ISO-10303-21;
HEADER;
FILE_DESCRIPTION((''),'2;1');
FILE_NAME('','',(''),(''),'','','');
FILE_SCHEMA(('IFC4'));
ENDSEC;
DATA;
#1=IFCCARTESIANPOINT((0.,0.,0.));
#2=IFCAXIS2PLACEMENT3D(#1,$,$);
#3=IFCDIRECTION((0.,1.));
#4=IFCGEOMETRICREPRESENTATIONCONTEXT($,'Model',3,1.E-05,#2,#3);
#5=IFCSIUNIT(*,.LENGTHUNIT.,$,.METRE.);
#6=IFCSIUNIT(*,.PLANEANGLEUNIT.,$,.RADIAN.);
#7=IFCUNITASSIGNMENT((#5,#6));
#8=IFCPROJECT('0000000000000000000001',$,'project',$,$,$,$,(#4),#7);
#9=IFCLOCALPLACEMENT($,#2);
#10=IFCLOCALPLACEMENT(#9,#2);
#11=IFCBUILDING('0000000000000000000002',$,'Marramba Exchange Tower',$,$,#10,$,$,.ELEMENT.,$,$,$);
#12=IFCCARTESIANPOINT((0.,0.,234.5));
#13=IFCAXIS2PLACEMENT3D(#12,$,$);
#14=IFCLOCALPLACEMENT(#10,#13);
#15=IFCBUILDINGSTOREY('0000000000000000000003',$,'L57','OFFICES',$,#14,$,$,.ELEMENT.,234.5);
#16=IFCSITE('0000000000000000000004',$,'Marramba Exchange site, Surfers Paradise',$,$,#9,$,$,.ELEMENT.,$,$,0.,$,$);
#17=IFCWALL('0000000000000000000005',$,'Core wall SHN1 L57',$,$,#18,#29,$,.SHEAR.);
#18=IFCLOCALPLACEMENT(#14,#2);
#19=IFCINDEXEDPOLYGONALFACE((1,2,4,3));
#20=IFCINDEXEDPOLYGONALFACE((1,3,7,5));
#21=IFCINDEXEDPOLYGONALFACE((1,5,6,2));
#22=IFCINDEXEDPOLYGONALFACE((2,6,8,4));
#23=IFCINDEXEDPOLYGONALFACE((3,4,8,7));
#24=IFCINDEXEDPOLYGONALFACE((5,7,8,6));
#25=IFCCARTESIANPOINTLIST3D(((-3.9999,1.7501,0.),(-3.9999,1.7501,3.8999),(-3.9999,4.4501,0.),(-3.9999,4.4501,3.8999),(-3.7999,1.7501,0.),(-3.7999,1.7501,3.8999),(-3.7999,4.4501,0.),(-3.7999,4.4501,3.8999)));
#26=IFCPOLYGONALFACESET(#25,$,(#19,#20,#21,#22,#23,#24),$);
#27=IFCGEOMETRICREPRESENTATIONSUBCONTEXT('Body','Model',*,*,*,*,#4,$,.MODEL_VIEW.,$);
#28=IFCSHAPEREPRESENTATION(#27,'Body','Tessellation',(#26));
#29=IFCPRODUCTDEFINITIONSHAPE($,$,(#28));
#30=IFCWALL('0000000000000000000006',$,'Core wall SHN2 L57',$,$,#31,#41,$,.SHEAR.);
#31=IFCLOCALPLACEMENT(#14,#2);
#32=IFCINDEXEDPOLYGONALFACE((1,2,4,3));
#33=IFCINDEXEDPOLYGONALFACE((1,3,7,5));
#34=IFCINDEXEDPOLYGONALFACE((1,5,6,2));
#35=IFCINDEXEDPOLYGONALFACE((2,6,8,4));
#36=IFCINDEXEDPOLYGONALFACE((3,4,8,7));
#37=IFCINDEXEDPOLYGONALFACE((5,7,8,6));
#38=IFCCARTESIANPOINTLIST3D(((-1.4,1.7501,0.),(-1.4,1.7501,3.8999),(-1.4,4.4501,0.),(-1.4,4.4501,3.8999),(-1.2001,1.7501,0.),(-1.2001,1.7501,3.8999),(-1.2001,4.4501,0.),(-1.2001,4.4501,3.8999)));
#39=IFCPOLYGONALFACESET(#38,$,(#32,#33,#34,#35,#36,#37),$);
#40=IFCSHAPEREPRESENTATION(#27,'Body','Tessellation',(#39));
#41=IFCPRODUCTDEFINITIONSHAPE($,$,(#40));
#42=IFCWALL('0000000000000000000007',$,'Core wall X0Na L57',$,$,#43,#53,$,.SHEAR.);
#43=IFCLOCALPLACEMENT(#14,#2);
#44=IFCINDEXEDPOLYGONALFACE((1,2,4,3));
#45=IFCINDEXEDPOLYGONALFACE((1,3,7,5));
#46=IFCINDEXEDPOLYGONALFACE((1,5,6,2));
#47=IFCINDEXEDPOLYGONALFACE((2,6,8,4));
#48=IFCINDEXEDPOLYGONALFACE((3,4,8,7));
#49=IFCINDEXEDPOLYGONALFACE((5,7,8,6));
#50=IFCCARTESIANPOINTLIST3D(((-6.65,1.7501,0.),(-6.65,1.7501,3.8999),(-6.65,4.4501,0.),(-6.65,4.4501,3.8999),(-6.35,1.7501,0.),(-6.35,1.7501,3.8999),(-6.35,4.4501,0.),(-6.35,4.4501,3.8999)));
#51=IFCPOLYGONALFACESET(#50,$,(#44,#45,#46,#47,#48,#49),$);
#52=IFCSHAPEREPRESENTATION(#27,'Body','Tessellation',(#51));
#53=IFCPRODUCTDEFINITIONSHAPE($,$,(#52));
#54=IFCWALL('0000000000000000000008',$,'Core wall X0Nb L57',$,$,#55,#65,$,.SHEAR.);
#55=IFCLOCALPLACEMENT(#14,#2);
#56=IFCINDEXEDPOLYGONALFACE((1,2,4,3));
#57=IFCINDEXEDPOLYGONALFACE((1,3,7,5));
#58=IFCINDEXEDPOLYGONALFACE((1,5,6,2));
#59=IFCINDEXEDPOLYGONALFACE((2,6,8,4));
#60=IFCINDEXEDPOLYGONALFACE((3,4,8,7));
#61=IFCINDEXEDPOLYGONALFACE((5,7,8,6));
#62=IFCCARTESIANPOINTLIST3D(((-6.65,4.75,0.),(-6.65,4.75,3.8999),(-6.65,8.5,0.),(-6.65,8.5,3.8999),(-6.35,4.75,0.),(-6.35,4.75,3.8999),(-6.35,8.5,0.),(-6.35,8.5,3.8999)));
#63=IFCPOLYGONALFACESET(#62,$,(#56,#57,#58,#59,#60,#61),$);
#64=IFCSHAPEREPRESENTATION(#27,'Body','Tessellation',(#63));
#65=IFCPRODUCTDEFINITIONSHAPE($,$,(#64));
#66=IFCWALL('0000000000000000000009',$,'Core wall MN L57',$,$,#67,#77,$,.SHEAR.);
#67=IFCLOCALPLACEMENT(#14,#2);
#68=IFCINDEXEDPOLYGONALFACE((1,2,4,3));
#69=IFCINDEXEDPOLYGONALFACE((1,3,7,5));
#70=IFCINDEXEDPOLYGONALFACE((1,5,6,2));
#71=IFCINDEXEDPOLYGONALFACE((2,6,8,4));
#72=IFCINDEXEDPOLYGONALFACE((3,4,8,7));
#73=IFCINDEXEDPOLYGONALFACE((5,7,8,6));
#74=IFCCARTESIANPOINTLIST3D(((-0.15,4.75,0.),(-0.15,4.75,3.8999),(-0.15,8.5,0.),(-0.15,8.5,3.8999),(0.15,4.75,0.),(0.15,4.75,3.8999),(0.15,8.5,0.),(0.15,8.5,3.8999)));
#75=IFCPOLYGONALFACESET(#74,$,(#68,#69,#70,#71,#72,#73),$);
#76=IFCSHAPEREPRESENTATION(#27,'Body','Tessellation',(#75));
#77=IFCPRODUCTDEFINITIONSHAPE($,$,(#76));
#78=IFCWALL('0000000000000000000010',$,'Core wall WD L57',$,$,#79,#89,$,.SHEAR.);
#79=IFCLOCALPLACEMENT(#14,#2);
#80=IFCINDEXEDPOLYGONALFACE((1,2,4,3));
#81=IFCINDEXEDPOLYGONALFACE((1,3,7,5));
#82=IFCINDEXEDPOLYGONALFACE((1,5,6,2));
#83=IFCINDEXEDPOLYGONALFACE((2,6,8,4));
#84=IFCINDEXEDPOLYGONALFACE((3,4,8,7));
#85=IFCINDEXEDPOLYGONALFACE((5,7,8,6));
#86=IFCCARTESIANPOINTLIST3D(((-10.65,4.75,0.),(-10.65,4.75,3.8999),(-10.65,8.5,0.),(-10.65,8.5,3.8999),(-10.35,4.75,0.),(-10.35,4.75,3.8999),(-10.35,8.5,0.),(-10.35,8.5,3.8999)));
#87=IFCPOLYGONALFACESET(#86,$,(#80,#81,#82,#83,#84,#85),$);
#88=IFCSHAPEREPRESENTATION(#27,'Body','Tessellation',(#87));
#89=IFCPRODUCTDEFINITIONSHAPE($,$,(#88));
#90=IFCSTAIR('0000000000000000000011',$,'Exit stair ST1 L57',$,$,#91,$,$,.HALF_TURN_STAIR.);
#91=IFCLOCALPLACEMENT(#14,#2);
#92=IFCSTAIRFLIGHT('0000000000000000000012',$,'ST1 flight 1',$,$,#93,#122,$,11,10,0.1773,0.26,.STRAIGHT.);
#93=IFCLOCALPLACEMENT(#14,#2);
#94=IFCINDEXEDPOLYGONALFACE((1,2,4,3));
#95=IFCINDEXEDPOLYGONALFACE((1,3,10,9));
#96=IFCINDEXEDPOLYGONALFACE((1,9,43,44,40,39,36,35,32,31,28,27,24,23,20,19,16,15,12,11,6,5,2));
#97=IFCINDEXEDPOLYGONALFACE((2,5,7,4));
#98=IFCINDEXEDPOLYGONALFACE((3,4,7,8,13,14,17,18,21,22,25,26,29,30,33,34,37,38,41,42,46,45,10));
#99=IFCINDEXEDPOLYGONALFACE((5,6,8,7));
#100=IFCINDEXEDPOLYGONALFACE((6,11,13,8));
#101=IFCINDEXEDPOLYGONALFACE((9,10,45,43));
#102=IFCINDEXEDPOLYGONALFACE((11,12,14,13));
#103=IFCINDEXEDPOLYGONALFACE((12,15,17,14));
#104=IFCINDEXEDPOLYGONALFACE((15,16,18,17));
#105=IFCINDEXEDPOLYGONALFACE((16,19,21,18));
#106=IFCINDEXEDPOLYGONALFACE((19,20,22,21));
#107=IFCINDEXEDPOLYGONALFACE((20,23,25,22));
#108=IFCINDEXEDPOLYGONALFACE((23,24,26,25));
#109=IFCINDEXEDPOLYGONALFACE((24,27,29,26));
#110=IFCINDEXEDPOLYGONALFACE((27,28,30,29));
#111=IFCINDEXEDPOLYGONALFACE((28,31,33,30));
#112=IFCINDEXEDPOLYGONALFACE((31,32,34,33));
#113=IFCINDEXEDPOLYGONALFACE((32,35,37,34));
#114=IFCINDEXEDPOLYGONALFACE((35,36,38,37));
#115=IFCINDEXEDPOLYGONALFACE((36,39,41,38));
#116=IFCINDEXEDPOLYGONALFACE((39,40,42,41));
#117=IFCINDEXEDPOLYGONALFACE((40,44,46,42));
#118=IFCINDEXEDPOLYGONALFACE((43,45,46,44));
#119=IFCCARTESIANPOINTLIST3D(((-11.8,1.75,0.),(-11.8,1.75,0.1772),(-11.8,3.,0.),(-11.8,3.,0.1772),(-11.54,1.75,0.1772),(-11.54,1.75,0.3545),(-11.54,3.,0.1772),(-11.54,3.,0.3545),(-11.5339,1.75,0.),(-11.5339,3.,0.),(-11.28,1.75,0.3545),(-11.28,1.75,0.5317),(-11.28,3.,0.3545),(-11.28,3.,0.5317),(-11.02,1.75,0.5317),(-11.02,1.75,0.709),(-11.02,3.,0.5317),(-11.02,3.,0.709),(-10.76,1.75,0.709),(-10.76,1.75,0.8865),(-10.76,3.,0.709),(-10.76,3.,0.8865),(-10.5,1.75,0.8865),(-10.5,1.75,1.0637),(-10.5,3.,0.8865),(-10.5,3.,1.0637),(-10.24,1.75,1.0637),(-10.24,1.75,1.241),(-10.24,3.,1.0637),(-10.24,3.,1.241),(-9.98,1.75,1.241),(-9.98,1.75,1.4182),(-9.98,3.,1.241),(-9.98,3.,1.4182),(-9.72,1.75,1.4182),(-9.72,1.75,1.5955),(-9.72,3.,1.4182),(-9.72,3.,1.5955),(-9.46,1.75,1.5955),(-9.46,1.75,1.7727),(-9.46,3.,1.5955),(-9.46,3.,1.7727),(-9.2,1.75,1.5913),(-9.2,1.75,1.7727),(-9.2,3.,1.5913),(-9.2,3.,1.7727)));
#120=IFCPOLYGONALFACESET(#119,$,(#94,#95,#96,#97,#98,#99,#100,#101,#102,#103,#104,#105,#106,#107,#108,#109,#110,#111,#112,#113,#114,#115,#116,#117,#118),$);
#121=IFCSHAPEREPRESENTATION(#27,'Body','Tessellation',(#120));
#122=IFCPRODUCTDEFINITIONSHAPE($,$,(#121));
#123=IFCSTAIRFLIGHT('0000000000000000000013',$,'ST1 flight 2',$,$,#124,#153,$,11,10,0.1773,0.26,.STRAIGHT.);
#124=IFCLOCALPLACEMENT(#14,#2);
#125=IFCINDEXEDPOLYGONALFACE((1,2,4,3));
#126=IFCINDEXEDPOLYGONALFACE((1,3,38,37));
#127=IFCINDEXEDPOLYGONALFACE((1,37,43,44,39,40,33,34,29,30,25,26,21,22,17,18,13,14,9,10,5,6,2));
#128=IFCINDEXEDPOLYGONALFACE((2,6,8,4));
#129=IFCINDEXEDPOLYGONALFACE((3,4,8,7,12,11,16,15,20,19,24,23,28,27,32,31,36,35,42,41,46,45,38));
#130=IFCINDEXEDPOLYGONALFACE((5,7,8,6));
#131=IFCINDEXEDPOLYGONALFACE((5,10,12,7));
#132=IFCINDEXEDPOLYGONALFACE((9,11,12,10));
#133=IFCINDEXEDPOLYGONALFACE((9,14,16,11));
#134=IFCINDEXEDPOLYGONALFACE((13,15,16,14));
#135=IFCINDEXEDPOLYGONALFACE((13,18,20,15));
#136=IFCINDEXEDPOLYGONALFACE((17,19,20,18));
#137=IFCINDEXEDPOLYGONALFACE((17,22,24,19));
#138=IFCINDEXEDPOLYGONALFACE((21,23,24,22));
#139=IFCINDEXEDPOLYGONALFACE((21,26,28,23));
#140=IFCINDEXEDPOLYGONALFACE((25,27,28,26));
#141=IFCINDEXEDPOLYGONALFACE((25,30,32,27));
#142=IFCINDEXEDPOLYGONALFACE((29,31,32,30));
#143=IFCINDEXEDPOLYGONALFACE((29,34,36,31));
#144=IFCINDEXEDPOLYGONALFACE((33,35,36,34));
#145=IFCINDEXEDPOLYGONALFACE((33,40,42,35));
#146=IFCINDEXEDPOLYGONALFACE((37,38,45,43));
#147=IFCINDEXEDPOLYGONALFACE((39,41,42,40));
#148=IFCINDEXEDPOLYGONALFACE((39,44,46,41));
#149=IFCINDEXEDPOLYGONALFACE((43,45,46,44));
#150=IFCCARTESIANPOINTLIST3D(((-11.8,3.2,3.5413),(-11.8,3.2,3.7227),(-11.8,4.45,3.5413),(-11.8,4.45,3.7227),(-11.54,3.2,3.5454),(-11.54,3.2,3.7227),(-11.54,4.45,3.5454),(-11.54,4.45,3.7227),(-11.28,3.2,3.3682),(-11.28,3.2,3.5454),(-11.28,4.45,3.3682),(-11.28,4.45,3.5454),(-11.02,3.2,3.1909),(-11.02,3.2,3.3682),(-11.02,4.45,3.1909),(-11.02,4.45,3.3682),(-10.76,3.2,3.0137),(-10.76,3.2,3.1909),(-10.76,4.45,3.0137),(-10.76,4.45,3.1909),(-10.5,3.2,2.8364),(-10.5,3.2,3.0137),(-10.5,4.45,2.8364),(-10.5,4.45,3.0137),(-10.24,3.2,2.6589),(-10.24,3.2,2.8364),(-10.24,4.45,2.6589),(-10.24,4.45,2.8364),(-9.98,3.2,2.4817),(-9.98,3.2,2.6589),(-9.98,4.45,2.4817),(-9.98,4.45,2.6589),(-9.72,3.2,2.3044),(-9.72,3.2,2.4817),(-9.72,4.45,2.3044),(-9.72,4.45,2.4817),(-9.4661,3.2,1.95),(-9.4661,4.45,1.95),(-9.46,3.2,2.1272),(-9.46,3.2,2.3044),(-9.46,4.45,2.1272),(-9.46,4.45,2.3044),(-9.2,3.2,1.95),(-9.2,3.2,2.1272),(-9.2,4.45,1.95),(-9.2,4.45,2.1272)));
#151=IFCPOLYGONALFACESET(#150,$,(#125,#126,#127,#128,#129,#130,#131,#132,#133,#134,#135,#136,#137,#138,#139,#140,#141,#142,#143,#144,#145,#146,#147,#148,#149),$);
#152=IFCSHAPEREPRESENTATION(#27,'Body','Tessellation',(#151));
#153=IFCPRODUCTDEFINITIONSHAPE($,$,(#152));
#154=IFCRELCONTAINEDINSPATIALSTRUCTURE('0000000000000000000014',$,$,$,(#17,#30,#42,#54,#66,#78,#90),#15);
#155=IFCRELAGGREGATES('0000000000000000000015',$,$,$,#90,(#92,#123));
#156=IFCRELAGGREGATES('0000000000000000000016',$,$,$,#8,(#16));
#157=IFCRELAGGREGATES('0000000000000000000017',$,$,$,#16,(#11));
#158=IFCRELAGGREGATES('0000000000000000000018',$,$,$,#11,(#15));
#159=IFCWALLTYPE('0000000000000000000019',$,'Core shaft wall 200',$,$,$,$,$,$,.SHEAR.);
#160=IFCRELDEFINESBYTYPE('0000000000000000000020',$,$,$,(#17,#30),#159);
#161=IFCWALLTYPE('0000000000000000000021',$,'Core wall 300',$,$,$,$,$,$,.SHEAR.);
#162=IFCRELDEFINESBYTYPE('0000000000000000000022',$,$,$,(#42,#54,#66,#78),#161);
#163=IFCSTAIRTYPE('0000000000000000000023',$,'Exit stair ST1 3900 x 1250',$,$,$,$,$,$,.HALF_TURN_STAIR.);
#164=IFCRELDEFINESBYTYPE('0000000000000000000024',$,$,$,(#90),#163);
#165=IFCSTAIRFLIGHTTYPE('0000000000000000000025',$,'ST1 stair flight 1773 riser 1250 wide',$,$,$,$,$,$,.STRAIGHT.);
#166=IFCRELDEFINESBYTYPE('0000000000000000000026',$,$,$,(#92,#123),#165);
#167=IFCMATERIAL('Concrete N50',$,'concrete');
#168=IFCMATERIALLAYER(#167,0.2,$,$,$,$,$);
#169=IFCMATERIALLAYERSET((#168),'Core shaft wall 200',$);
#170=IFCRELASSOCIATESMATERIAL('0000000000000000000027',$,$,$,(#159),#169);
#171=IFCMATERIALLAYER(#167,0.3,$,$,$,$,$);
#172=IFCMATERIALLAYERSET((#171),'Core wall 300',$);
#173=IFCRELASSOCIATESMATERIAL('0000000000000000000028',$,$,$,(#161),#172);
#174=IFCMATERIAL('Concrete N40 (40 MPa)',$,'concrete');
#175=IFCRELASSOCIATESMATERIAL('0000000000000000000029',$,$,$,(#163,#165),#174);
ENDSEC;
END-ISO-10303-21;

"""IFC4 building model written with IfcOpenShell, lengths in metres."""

from ifc_helpers import new_model, si_unit, direction, frame, frame_2d, origin, place, context, subcontext, project, spatial, polyline, rectangle, outline, extrude, material, layer, layer_set, type_object, element, aggregate, save


model = new_model("IFC4")

# Units and contexts
model_context = context("Model", 3, precision=1e-05, world=origin(), true_north=direction((0.0, 1.0)))
body_context = subcontext(model_context, "Body", "Model", "MODEL_VIEW")
ifc_project = project(units=[si_unit("LENGTHUNIT", "METRE"), si_unit("PLANEANGLEUNIT", "RADIAN")], contexts=[model_context])

# Site, building, storey
site_placement = place(None, origin())
site = spatial("IfcSite", under=ifc_project, at=site_placement, Name="Marramba Exchange site, Surfers Paradise", CompositionType="ELEMENT", RefElevation=0.0)
building_placement = place(site_placement, origin())
building = spatial("IfcBuilding", under=site, at=building_placement, Name="Marramba Exchange Tower", CompositionType="ELEMENT")
storey_placement = place(building_placement, frame((0.0, 0.0, 234.5)))
storey = spatial("IfcBuildingStorey", under=building, at=storey_placement, Name="L57", Description="OFFICES", CompositionType="ELEMENT", Elevation=234.5)

# Shared definitions
ifc_material_1 = material(Name="Concrete N50", Category="concrete")

# Walls
ifc_layer_1 = layer(ifc_material_1, 0.2)
ifc_layer_set_1 = layer_set([ifc_layer_1], Name="Core shaft wall 200")
wall_type_1 = type_object("IfcWallType", Name="Core shaft wall 200", PredefinedType="SHEAR", material=ifc_layer_set_1)
for number, where, z_axis, x_axis, name in (
    (1, (-3.8999, 1.75, 0.0), (0.0, 0.0, 1.0), (0.0, 1.0, 0.0), "Core wall SHN1 L57"),
    (2, (-1.3, 1.75, 0.0), (0.0, 0.0, 1.0), (0.0, 1.0, 0.0), "Core wall SHN2 L57"),
):
    element("IfcWall", number, at=place(storey_placement, frame(where, z_axis=z_axis, x_axis=x_axis)), inside=storey, type_object=wall_type_1, Name=name, PredefinedType="SHEAR", context=body_context, shape_type="SweptSolid", body=[
        extrude(rectangle(XDim=2.7, YDim=0.2, at=frame_2d((1.3501, 0.0))), origin(), (0.0, 0.0, 1.0), 3.8999),
    ])
ifc_layer_2 = layer(ifc_material_1, 0.3)
ifc_layer_set_2 = layer_set([ifc_layer_2], Name="Core wall 300")
wall_type_2 = type_object("IfcWallType", Name="Core wall 300", PredefinedType="SHEAR", material=ifc_layer_set_2)
wall_1_placement = place(storey_placement, frame((-6.5, 1.75, 0.0), z_axis=(0.0, 0.0, 1.0), x_axis=(0.0, 1.0, 0.0)))
element("IfcWall", 3, at=wall_1_placement, inside=storey, type_object=wall_type_2, Name="Core wall X0Na L57", PredefinedType="SHEAR", context=body_context, shape_type="SweptSolid", body=[
    extrude(rectangle(XDim=2.7, YDim=0.3, at=frame_2d((1.3501, 0.0))), origin(), (0.0, 0.0, 1.0), 3.8999),
])
for number, where, z_axis, x_axis, name in (
    (4, (-6.5, 4.75, 0.0), (0.0, 0.0, 1.0), (0.0, 1.0, 0.0), "Core wall X0Nb L57"),
    (5, (0.0, 4.75, 0.0), (0.0, 0.0, 1.0), (0.0, 1.0, 0.0), "Core wall MN L57"),
    (6, (-10.5, 4.75, 0.0), (0.0, 0.0, 1.0), (0.0, 1.0, 0.0), "Core wall WD L57"),
):
    element("IfcWall", number, at=place(storey_placement, frame(where, z_axis=z_axis, x_axis=x_axis)), inside=storey, type_object=wall_type_2, Name=name, PredefinedType="SHEAR", context=body_context, shape_type="SweptSolid", body=[
        extrude(rectangle(XDim=3.75, YDim=0.3, at=frame_2d((1.875, 0.0))), origin(), (0.0, 0.0, 1.0), 3.8999),
    ])

# Stair, stair flights
ifc_material_2 = material(Name="Concrete N40 (40 MPa)", Category="concrete")
stair_type = type_object("IfcStairType", Name="Exit stair ST1 3900 x 1250", PredefinedType="HALF_TURN_STAIR", material=ifc_material_2)
stair_placement = place(storey_placement, origin())
stair = element("IfcStair", 7, at=stair_placement, inside=storey, type_object=stair_type, Name="Exit stair ST1 L57", PredefinedType="HALF_TURN_STAIR")
stair_flight_type = type_object("IfcStairFlightType", Name="ST1 stair flight 1773 riser 1250 wide", PredefinedType="STRAIGHT", material=ifc_material_2)
stair_flight_1_placement = place(storey_placement, frame((-11.8, 2.375, 0.0), z_axis=(0.0, 0.0, 1.0), x_axis=(1.0, 0.0, 0.0)))
stair_flight_1 = element("IfcStairFlight", 8, at=stair_flight_1_placement, type_object=stair_flight_type, Name="ST1 flight 1", NumberOfRisers=11, NumberOfTreads=10, PredefinedType="STRAIGHT", RiserHeight=0.1773, TreadLength=0.26, context=body_context, shape_type="SweptSolid", body=[
    extrude(outline(polyline([(0.0, 0.0), (0.0, 0.1772), (0.26, 0.1772), (0.26, 0.3545), (0.52, 0.3545), (0.52, 0.5317), (0.78, 0.5317), (0.78, 0.709), (1.04, 0.709), (1.04, 0.8865), (1.3, 0.8865), (1.3, 1.0637), (1.5601, 1.0637), (1.5601, 1.241), (1.8201, 1.241), (1.8201, 1.4182), (2.0801, 1.4182), (2.0801, 1.5955), (2.3401, 1.5955), (2.3401, 1.7727), (2.6001, 1.7727), (2.6001, 1.95), (2.6001, 1.5913), (0.2661, 0.0), (0.0, 0.0)])), frame((0.0, 0.625, 0.0), z_axis=(0.0, -1.0, 0.0), x_axis=(1.0, 0.0, 0.0)), (0.0, 0.0, 1.0), 1.25),
])
stair_flight_2_placement = place(storey_placement, frame((-9.2, 3.825, 1.95), z_axis=(0.0, 0.0, 1.0), x_axis=(-1.0, 0.0, 0.0)))
stair_flight_2 = element("IfcStairFlight", 9, at=stair_flight_2_placement, type_object=stair_flight_type, Name="ST1 flight 2", NumberOfRisers=11, NumberOfTreads=10, PredefinedType="STRAIGHT", RiserHeight=0.1773, TreadLength=0.26, context=body_context, shape_type="SweptSolid", body=[
    extrude(outline(polyline([(0.0, 0.0), (0.0, 0.1772), (0.26, 0.1772), (0.26, 0.3545), (0.52, 0.3545), (0.52, 0.5317), (0.78, 0.5317), (0.78, 0.709), (1.04, 0.709), (1.04, 0.8865), (1.3, 0.8865), (1.3, 1.0637), (1.5601, 1.0637), (1.5601, 1.241), (1.8201, 1.241), (1.8201, 1.4182), (2.0801, 1.4182), (2.0801, 1.5955), (2.3401, 1.5955), (2.3401, 1.7727), (2.6001, 1.7727), (2.6001, 1.95), (2.6001, 1.5913), (0.2661, 0.0), (0.0, 0.0)])), frame((0.0, 0.625, 0.0), z_axis=(0.0, -1.0, 0.0), x_axis=(1.0, 0.0, 0.0)), (0.0, 0.0, 1.0), 1.25),
])
aggregate(stair, [stair_flight_1, stair_flight_2])

save(model, "model.ifc")
